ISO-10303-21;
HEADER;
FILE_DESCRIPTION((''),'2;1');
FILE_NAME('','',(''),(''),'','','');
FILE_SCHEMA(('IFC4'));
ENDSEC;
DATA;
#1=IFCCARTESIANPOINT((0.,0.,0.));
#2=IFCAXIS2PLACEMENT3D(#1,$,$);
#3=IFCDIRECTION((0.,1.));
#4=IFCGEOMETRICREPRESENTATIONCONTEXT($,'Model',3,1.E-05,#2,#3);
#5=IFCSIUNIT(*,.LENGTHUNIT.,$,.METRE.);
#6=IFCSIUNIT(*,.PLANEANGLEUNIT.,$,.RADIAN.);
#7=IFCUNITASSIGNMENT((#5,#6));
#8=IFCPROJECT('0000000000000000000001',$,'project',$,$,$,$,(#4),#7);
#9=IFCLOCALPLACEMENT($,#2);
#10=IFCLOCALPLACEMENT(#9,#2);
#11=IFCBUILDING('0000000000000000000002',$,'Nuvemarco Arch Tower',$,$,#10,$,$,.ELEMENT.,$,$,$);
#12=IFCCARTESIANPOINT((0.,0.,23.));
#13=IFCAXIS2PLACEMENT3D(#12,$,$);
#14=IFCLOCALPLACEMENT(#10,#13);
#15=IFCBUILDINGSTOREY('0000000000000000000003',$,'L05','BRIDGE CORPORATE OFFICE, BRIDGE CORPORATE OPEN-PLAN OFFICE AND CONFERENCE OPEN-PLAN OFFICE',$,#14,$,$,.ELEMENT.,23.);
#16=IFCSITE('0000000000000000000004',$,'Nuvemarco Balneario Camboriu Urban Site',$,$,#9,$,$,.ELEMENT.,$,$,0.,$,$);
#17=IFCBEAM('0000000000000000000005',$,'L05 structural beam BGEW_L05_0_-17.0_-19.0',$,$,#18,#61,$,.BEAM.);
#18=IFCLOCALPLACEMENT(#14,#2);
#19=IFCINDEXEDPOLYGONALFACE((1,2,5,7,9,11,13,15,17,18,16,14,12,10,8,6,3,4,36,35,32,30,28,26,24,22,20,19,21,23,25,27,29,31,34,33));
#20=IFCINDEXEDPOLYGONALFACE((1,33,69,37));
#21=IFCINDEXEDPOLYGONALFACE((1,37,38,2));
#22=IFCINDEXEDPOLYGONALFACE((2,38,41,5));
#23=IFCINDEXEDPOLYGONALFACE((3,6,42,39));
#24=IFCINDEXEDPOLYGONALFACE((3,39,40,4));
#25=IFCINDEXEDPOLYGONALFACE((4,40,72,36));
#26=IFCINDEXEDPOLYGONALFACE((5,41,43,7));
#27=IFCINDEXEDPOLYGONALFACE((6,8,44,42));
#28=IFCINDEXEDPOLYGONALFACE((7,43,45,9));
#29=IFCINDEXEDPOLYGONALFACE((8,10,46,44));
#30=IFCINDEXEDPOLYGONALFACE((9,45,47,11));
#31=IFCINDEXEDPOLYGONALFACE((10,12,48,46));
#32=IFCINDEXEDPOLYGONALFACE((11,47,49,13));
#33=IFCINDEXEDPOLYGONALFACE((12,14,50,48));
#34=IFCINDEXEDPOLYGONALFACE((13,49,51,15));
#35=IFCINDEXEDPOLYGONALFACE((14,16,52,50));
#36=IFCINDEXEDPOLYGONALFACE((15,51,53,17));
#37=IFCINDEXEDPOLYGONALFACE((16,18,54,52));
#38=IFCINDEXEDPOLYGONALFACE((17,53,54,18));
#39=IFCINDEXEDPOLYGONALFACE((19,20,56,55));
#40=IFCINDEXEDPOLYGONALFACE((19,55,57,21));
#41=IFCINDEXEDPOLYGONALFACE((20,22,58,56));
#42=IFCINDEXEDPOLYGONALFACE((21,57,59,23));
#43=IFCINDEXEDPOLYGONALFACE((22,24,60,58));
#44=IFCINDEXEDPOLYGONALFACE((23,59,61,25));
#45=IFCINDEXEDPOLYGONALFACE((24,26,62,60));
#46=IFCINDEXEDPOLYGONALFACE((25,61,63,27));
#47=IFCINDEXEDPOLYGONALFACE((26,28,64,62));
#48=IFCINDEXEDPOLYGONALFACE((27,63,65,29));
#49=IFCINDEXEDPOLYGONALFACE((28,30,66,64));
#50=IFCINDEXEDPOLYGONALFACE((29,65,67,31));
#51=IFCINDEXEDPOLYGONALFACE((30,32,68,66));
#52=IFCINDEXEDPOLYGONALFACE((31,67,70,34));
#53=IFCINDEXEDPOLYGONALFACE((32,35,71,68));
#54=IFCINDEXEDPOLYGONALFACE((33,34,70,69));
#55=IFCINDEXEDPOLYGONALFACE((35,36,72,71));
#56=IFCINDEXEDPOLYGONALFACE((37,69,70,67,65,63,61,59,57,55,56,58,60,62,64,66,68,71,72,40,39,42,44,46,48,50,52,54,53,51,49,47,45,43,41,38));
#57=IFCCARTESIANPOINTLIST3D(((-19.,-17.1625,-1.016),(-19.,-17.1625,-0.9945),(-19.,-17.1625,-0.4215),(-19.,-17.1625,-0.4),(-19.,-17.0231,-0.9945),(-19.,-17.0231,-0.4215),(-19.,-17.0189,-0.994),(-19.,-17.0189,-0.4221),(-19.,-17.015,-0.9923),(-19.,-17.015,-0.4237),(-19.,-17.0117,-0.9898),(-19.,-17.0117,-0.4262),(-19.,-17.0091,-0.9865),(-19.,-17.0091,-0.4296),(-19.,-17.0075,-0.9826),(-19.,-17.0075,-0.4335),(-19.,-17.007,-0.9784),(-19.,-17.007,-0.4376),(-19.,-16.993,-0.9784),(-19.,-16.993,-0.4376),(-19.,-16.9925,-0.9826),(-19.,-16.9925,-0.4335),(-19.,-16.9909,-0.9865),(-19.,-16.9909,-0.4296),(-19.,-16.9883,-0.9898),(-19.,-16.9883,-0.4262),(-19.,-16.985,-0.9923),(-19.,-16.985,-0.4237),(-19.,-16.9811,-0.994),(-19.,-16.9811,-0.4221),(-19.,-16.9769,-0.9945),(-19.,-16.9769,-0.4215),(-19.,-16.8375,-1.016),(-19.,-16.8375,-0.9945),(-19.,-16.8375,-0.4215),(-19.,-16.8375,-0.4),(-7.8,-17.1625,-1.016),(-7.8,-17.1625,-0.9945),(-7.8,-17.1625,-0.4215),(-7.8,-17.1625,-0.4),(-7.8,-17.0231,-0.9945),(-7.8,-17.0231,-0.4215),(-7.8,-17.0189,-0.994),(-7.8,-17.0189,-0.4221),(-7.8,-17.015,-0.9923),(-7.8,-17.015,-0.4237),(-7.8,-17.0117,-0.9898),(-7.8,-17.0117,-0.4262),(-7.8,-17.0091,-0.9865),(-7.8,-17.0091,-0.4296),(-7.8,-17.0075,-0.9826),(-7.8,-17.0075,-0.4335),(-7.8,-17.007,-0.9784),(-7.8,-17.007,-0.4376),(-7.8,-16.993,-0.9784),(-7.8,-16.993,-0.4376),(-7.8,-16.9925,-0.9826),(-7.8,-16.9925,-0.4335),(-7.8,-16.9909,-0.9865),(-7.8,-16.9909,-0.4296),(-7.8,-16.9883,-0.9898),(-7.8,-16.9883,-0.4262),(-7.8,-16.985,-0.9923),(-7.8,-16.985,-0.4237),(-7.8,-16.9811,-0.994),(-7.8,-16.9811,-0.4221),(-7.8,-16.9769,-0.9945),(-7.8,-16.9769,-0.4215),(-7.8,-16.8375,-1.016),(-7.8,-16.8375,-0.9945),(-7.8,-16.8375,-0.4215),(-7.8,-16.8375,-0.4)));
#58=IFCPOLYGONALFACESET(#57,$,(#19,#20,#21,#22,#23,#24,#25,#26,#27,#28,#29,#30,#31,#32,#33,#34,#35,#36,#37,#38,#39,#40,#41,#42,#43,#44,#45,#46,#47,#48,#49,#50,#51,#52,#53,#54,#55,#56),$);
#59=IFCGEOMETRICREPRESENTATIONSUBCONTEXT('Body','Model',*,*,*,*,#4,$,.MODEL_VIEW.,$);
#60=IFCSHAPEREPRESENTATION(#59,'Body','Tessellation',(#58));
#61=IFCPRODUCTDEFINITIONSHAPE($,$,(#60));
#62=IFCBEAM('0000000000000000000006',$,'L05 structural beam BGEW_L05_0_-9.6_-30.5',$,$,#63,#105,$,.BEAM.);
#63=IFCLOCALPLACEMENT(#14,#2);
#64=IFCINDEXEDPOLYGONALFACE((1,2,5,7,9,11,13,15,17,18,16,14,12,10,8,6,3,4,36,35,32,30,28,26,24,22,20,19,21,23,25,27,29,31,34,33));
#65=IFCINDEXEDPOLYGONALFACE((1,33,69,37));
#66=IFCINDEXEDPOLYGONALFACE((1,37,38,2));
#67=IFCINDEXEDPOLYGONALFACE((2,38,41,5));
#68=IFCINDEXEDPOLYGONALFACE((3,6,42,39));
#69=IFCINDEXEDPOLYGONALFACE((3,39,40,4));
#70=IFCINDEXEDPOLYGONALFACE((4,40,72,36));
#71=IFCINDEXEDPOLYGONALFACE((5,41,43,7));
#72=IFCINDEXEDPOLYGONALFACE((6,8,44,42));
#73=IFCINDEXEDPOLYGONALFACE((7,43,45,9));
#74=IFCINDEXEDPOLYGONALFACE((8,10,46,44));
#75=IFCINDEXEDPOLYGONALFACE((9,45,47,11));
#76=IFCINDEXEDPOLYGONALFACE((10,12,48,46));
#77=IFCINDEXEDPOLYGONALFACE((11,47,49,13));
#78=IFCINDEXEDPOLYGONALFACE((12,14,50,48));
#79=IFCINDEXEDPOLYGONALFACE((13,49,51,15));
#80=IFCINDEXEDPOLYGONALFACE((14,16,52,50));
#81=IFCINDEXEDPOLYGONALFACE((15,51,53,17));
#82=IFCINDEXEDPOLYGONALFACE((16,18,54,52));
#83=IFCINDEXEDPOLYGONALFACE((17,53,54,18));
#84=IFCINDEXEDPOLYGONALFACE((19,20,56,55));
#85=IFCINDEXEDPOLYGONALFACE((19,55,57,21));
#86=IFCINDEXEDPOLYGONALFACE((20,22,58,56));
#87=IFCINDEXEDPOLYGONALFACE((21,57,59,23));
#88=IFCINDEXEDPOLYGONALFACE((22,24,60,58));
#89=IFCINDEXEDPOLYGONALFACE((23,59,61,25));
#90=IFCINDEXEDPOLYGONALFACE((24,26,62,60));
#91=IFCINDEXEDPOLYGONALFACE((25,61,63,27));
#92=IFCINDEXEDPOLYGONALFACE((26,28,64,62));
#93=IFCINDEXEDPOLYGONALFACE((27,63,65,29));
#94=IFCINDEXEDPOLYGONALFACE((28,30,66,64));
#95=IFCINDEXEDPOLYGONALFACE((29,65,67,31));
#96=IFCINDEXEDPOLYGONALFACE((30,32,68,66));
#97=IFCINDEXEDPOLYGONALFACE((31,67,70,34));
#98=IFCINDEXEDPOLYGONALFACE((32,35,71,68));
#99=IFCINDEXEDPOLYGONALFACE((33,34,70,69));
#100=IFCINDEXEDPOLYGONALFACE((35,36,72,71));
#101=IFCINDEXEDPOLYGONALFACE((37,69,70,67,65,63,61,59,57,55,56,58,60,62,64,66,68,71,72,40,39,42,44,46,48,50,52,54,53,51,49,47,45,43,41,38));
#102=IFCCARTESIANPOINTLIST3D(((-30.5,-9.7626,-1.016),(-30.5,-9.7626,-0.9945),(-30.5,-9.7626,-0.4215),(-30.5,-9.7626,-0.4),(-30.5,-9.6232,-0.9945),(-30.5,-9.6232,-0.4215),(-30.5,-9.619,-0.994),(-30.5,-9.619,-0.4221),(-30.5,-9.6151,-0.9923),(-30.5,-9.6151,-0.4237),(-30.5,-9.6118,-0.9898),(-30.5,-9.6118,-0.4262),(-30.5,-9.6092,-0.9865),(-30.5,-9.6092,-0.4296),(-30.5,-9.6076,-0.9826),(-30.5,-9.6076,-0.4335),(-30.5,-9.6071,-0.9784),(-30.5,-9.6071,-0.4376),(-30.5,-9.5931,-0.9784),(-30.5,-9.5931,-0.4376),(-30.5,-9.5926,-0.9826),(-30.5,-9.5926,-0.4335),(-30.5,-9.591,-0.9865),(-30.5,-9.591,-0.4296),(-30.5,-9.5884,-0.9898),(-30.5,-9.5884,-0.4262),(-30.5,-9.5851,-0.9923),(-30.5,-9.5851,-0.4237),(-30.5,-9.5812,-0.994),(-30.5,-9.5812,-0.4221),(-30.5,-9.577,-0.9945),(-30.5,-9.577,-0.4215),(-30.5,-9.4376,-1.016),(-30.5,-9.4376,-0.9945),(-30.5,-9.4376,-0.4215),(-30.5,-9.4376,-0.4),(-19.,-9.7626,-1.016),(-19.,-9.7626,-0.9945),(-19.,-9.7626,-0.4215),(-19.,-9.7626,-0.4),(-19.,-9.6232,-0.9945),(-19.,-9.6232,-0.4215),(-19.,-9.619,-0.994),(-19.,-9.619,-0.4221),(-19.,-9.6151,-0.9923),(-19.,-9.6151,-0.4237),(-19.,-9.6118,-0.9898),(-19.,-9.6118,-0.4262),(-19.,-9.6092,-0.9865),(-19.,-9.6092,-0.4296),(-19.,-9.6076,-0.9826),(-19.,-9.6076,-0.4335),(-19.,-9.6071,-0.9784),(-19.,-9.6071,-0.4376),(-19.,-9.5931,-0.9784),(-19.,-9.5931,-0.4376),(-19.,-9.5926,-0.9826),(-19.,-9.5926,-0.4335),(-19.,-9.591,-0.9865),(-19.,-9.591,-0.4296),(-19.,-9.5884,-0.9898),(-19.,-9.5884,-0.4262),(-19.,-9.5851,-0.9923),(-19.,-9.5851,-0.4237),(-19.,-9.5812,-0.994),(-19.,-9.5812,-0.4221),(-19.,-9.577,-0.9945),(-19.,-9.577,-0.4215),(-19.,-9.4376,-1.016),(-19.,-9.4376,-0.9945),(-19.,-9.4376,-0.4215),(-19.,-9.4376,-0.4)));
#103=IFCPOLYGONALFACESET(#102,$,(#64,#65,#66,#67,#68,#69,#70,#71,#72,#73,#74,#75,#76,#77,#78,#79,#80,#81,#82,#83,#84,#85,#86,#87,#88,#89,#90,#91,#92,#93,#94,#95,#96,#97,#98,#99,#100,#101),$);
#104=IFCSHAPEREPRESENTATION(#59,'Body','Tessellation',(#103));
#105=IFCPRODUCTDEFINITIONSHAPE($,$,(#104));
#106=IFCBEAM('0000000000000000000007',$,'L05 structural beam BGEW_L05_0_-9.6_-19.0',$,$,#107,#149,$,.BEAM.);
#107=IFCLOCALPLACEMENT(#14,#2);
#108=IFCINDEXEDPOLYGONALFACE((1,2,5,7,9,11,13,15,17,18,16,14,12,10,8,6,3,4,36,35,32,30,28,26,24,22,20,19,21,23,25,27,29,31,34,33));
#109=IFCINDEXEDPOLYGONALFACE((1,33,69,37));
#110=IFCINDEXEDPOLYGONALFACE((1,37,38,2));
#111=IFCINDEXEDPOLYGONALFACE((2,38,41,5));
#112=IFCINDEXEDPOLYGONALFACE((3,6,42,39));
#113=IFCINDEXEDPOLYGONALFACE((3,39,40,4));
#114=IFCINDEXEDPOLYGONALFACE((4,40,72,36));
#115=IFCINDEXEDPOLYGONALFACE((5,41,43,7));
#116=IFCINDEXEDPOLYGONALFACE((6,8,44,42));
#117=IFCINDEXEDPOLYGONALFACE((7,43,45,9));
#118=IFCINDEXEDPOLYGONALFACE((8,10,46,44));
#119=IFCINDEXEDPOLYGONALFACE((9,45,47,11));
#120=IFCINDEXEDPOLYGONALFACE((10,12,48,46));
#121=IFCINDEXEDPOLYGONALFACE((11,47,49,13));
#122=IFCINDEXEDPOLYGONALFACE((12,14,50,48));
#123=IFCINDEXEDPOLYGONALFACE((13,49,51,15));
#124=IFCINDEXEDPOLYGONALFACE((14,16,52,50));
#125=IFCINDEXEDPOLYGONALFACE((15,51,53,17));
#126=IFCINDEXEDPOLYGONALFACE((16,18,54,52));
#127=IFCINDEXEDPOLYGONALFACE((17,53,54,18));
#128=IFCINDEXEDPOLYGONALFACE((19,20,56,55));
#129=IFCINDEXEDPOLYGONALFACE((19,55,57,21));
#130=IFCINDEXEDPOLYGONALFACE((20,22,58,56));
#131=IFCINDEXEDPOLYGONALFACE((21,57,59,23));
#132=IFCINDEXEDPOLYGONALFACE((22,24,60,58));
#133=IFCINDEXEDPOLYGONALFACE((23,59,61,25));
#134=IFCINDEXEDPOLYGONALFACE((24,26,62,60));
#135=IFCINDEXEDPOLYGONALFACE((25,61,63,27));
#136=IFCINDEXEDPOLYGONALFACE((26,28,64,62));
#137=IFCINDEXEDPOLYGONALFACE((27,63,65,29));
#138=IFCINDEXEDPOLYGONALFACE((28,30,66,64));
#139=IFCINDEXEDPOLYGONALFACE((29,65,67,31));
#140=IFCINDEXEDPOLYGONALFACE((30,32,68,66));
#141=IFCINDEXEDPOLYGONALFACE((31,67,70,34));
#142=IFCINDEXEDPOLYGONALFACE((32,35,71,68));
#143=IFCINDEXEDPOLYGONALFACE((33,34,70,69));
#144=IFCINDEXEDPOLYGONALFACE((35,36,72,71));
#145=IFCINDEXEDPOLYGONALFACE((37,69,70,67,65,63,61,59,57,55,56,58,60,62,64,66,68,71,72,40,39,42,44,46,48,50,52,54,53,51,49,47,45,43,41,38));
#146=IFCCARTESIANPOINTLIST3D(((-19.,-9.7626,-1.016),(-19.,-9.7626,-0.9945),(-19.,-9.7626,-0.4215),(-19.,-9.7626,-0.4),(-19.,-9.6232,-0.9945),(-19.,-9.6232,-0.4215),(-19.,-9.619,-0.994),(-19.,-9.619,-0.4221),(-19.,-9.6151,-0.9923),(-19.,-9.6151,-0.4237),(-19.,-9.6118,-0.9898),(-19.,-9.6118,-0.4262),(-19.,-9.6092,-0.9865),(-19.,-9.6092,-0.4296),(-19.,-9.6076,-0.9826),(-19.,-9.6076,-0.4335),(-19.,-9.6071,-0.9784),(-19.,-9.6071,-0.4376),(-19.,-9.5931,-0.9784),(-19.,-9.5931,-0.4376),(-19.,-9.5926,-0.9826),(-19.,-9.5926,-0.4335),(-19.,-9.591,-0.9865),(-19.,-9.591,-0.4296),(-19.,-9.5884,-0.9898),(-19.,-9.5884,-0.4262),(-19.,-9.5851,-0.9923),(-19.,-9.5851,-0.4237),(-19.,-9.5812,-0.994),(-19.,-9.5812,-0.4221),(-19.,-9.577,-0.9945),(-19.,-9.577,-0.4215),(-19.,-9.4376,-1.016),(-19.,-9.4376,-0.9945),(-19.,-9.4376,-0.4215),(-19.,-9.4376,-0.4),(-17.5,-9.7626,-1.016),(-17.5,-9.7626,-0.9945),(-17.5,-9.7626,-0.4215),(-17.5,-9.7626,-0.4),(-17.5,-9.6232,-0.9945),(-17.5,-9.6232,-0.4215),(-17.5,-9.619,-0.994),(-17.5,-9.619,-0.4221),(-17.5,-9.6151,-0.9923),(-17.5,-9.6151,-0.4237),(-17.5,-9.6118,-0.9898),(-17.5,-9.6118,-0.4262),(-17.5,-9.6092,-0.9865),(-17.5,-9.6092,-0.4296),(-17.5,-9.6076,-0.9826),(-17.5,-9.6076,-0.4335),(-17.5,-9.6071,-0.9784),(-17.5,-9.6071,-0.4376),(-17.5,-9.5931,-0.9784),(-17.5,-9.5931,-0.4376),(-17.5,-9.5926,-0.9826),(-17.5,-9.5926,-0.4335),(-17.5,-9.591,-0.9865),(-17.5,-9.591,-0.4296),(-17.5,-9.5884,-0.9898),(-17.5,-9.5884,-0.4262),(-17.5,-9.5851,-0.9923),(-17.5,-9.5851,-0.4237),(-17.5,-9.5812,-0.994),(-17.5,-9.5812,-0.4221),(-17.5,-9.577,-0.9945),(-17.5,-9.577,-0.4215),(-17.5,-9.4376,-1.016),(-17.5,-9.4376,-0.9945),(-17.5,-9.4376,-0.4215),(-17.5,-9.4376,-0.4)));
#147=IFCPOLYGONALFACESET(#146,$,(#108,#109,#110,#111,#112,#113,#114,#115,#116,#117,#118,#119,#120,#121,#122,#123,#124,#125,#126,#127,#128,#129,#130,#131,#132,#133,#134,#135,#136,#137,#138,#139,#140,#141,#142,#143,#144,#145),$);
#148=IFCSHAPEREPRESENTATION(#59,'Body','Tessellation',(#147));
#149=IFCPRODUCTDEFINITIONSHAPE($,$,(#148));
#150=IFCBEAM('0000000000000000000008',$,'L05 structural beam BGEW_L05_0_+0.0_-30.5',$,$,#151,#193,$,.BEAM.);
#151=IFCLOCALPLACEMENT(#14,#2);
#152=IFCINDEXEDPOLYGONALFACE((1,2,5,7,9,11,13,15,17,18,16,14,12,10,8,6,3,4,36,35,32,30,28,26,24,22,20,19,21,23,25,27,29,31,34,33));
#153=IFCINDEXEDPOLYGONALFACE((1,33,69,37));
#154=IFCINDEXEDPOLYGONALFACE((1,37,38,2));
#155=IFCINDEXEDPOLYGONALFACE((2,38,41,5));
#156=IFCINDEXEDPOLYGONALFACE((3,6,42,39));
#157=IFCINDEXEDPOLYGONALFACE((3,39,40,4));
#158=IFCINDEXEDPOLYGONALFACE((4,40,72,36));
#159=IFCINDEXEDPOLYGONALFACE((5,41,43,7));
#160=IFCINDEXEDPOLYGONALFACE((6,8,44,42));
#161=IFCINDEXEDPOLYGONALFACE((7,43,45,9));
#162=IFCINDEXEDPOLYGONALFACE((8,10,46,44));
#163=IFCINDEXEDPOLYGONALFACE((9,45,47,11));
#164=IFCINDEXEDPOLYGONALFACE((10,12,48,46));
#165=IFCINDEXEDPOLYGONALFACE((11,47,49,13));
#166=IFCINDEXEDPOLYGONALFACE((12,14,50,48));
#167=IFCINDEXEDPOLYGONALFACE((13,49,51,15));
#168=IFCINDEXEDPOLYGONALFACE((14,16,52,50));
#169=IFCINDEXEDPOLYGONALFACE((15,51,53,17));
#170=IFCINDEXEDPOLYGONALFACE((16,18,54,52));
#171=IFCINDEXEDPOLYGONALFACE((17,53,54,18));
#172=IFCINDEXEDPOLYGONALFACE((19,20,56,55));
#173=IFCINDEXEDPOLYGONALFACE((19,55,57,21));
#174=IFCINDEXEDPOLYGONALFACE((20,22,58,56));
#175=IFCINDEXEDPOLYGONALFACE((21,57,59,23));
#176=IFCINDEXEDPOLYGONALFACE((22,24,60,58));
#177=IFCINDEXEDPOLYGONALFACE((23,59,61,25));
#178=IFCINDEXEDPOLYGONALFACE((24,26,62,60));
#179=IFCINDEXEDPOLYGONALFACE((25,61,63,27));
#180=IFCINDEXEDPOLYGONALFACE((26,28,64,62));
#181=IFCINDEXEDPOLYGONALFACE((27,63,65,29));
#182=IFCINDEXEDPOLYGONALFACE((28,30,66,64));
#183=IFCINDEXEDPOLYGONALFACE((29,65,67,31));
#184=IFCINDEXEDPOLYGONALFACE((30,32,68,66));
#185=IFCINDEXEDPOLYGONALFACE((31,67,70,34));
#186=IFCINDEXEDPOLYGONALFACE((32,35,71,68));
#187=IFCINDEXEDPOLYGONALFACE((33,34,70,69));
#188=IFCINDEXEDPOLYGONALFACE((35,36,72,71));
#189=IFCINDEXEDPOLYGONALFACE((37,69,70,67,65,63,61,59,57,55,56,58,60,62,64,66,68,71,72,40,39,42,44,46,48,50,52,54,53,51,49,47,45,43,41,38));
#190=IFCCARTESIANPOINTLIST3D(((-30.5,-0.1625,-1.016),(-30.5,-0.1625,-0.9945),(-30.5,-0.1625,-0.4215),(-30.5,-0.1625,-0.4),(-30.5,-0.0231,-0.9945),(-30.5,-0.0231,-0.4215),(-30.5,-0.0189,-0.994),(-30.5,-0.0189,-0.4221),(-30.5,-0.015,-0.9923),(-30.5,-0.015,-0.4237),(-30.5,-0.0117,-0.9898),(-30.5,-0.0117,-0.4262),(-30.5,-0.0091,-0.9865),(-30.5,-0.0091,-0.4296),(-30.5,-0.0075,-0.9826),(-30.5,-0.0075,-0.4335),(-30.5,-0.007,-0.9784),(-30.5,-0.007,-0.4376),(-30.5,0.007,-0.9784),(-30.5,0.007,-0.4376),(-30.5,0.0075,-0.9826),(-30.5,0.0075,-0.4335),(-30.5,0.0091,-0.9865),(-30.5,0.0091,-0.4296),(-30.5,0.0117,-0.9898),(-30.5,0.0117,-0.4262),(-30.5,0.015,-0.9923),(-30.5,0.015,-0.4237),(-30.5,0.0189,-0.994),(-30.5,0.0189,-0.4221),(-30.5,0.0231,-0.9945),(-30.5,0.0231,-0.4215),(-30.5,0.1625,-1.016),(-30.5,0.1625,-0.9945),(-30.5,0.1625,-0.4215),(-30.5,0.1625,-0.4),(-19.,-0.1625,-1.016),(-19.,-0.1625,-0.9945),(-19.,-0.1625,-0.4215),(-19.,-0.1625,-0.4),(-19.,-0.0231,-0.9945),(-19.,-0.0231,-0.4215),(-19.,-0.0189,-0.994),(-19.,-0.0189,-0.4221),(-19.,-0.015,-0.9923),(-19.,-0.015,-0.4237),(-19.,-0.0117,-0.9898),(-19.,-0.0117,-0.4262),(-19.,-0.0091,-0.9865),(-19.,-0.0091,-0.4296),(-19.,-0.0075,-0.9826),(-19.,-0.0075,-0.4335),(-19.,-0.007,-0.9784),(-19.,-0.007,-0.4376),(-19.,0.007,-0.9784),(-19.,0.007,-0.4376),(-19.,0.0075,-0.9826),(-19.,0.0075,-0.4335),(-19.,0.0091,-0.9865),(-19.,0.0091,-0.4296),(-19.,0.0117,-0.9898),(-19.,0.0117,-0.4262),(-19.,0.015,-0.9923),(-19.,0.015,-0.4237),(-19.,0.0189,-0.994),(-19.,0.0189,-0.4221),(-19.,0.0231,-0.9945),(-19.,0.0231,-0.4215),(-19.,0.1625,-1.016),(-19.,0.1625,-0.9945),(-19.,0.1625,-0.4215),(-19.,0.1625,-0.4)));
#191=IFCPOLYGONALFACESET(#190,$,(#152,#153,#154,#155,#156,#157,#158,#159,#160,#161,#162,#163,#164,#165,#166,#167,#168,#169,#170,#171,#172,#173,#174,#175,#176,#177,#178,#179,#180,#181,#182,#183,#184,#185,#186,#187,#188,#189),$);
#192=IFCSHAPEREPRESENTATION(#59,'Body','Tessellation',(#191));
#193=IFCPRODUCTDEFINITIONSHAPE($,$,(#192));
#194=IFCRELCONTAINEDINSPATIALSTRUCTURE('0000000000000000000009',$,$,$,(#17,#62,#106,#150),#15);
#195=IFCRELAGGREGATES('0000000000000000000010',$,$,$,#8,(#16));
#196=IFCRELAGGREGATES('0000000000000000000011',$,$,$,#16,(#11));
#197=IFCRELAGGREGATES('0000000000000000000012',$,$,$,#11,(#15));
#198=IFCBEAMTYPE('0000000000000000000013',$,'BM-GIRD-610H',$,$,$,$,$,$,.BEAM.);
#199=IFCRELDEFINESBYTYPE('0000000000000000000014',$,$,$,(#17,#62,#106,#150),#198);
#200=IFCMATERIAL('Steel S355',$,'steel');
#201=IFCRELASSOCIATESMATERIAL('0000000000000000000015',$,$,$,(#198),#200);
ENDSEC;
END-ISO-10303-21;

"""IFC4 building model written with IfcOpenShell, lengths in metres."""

from ifc_helpers import new_model, si_unit, direction, frame, origin, origin_2d, place, context, subcontext, project, spatial, i_section, extrude, material, material_profile, profile_set, type_object, element, save


model = new_model("IFC4")

# Units and contexts
model_context = context("Model", 3, precision=1e-05, world=origin(), true_north=direction((0.0, 1.0)))
body_context = subcontext(model_context, "Body", "Model", "MODEL_VIEW")
ifc_project = project(units=[si_unit("LENGTHUNIT", "METRE"), si_unit("PLANEANGLEUNIT", "RADIAN")], contexts=[model_context])

# Site, building, storey
site_placement = place(None, origin())
site = spatial("IfcSite", under=ifc_project, at=site_placement, Name="Nuvemarco Balneario Camboriu Urban Site", CompositionType="ELEMENT", RefElevation=0.0)
building_placement = place(site_placement, origin())
building = spatial("IfcBuilding", under=site, at=building_placement, Name="Nuvemarco Arch Tower", CompositionType="ELEMENT")
storey_placement = place(building_placement, frame((0.0, 0.0, 23.0)))
storey = spatial("IfcBuildingStorey", under=building, at=storey_placement, Name="L05", Description="BRIDGE CORPORATE OFFICE, BRIDGE CORPORATE OPEN-PLAN OFFICE AND CONFERENCE OPEN-PLAN OFFICE", CompositionType="ELEMENT", Elevation=23.0)

# Beams
ifc_material_1 = material(Name="Steel S355", Category="steel")
ifc_material_profile_1 = material_profile(ifc_material_1, i_section(OverallWidth=0.325, OverallDepth=0.616, WebThickness=0.0139, FlangeThickness=0.0215, FilletRadius=0.0161, at=origin_2d()), Name="W610x174")
ifc_profile_set_1 = profile_set([ifc_material_profile_1], Name="Steel S355")
beam_type_1 = type_object("IfcBeamType", Name="BM-GIRD-610H", PredefinedType="BEAM", material=ifc_profile_set_1)
beam_1_placement = place(storey_placement, frame((-19.0, -17.0, -0.708), z_axis=(1.0, 0.0, 0.0), x_axis=(0.0, 1.0, 0.0)))
element("IfcBeam", 1, at=beam_1_placement, inside=storey, type_object=beam_type_1, Name="L05 structural beam BGEW_L05_0_-17.0_-19.0", PredefinedType="BEAM", context=body_context, shape_type="SweptSolid", body=[
    extrude(i_section(OverallWidth=0.325, OverallDepth=0.616, WebThickness=0.0139, FlangeThickness=0.0215, FilletRadius=0.0161, at=origin_2d()), origin(), (0.0, 0.0, 1.0), 11.2),
])
beam_2_placement = place(storey_placement, frame((-30.5, -9.6001, -0.708), z_axis=(1.0, 0.0, 0.0), x_axis=(0.0, 1.0, 0.0)))
element("IfcBeam", 2, at=beam_2_placement, inside=storey, type_object=beam_type_1, Name="L05 structural beam BGEW_L05_0_-9.6_-30.5", PredefinedType="BEAM", context=body_context, shape_type="SweptSolid", body=[
    extrude(i_section(OverallWidth=0.325, OverallDepth=0.616, WebThickness=0.0139, FlangeThickness=0.0215, FilletRadius=0.0161, at=origin_2d()), origin(), (0.0, 0.0, 1.0), 11.5),
])
beam_3_placement = place(storey_placement, frame((-19.0, -9.6001, -0.708), z_axis=(1.0, 0.0, 0.0), x_axis=(0.0, 1.0, 0.0)))
element("IfcBeam", 3, at=beam_3_placement, inside=storey, type_object=beam_type_1, Name="L05 structural beam BGEW_L05_0_-9.6_-19.0", PredefinedType="BEAM", context=body_context, shape_type="SweptSolid", body=[
    extrude(i_section(OverallWidth=0.325, OverallDepth=0.616, WebThickness=0.0139, FlangeThickness=0.0215, FilletRadius=0.0161, at=origin_2d()), origin(), (0.0, 0.0, 1.0), 1.5),
])
beam_4_placement = place(storey_placement, frame((-30.5, 0.0, -0.708), z_axis=(1.0, 0.0, 0.0), x_axis=(0.0, 1.0, 0.0)))
element("IfcBeam", 4, at=beam_4_placement, inside=storey, type_object=beam_type_1, Name="L05 structural beam BGEW_L05_0_+0.0_-30.5", PredefinedType="BEAM", context=body_context, shape_type="SweptSolid", body=[
    extrude(i_section(OverallWidth=0.325, OverallDepth=0.616, WebThickness=0.0139, FlangeThickness=0.0215, FilletRadius=0.0161, at=origin_2d()), origin(), (0.0, 0.0, 1.0), 11.5),
])

save(model, "model.ifc")
